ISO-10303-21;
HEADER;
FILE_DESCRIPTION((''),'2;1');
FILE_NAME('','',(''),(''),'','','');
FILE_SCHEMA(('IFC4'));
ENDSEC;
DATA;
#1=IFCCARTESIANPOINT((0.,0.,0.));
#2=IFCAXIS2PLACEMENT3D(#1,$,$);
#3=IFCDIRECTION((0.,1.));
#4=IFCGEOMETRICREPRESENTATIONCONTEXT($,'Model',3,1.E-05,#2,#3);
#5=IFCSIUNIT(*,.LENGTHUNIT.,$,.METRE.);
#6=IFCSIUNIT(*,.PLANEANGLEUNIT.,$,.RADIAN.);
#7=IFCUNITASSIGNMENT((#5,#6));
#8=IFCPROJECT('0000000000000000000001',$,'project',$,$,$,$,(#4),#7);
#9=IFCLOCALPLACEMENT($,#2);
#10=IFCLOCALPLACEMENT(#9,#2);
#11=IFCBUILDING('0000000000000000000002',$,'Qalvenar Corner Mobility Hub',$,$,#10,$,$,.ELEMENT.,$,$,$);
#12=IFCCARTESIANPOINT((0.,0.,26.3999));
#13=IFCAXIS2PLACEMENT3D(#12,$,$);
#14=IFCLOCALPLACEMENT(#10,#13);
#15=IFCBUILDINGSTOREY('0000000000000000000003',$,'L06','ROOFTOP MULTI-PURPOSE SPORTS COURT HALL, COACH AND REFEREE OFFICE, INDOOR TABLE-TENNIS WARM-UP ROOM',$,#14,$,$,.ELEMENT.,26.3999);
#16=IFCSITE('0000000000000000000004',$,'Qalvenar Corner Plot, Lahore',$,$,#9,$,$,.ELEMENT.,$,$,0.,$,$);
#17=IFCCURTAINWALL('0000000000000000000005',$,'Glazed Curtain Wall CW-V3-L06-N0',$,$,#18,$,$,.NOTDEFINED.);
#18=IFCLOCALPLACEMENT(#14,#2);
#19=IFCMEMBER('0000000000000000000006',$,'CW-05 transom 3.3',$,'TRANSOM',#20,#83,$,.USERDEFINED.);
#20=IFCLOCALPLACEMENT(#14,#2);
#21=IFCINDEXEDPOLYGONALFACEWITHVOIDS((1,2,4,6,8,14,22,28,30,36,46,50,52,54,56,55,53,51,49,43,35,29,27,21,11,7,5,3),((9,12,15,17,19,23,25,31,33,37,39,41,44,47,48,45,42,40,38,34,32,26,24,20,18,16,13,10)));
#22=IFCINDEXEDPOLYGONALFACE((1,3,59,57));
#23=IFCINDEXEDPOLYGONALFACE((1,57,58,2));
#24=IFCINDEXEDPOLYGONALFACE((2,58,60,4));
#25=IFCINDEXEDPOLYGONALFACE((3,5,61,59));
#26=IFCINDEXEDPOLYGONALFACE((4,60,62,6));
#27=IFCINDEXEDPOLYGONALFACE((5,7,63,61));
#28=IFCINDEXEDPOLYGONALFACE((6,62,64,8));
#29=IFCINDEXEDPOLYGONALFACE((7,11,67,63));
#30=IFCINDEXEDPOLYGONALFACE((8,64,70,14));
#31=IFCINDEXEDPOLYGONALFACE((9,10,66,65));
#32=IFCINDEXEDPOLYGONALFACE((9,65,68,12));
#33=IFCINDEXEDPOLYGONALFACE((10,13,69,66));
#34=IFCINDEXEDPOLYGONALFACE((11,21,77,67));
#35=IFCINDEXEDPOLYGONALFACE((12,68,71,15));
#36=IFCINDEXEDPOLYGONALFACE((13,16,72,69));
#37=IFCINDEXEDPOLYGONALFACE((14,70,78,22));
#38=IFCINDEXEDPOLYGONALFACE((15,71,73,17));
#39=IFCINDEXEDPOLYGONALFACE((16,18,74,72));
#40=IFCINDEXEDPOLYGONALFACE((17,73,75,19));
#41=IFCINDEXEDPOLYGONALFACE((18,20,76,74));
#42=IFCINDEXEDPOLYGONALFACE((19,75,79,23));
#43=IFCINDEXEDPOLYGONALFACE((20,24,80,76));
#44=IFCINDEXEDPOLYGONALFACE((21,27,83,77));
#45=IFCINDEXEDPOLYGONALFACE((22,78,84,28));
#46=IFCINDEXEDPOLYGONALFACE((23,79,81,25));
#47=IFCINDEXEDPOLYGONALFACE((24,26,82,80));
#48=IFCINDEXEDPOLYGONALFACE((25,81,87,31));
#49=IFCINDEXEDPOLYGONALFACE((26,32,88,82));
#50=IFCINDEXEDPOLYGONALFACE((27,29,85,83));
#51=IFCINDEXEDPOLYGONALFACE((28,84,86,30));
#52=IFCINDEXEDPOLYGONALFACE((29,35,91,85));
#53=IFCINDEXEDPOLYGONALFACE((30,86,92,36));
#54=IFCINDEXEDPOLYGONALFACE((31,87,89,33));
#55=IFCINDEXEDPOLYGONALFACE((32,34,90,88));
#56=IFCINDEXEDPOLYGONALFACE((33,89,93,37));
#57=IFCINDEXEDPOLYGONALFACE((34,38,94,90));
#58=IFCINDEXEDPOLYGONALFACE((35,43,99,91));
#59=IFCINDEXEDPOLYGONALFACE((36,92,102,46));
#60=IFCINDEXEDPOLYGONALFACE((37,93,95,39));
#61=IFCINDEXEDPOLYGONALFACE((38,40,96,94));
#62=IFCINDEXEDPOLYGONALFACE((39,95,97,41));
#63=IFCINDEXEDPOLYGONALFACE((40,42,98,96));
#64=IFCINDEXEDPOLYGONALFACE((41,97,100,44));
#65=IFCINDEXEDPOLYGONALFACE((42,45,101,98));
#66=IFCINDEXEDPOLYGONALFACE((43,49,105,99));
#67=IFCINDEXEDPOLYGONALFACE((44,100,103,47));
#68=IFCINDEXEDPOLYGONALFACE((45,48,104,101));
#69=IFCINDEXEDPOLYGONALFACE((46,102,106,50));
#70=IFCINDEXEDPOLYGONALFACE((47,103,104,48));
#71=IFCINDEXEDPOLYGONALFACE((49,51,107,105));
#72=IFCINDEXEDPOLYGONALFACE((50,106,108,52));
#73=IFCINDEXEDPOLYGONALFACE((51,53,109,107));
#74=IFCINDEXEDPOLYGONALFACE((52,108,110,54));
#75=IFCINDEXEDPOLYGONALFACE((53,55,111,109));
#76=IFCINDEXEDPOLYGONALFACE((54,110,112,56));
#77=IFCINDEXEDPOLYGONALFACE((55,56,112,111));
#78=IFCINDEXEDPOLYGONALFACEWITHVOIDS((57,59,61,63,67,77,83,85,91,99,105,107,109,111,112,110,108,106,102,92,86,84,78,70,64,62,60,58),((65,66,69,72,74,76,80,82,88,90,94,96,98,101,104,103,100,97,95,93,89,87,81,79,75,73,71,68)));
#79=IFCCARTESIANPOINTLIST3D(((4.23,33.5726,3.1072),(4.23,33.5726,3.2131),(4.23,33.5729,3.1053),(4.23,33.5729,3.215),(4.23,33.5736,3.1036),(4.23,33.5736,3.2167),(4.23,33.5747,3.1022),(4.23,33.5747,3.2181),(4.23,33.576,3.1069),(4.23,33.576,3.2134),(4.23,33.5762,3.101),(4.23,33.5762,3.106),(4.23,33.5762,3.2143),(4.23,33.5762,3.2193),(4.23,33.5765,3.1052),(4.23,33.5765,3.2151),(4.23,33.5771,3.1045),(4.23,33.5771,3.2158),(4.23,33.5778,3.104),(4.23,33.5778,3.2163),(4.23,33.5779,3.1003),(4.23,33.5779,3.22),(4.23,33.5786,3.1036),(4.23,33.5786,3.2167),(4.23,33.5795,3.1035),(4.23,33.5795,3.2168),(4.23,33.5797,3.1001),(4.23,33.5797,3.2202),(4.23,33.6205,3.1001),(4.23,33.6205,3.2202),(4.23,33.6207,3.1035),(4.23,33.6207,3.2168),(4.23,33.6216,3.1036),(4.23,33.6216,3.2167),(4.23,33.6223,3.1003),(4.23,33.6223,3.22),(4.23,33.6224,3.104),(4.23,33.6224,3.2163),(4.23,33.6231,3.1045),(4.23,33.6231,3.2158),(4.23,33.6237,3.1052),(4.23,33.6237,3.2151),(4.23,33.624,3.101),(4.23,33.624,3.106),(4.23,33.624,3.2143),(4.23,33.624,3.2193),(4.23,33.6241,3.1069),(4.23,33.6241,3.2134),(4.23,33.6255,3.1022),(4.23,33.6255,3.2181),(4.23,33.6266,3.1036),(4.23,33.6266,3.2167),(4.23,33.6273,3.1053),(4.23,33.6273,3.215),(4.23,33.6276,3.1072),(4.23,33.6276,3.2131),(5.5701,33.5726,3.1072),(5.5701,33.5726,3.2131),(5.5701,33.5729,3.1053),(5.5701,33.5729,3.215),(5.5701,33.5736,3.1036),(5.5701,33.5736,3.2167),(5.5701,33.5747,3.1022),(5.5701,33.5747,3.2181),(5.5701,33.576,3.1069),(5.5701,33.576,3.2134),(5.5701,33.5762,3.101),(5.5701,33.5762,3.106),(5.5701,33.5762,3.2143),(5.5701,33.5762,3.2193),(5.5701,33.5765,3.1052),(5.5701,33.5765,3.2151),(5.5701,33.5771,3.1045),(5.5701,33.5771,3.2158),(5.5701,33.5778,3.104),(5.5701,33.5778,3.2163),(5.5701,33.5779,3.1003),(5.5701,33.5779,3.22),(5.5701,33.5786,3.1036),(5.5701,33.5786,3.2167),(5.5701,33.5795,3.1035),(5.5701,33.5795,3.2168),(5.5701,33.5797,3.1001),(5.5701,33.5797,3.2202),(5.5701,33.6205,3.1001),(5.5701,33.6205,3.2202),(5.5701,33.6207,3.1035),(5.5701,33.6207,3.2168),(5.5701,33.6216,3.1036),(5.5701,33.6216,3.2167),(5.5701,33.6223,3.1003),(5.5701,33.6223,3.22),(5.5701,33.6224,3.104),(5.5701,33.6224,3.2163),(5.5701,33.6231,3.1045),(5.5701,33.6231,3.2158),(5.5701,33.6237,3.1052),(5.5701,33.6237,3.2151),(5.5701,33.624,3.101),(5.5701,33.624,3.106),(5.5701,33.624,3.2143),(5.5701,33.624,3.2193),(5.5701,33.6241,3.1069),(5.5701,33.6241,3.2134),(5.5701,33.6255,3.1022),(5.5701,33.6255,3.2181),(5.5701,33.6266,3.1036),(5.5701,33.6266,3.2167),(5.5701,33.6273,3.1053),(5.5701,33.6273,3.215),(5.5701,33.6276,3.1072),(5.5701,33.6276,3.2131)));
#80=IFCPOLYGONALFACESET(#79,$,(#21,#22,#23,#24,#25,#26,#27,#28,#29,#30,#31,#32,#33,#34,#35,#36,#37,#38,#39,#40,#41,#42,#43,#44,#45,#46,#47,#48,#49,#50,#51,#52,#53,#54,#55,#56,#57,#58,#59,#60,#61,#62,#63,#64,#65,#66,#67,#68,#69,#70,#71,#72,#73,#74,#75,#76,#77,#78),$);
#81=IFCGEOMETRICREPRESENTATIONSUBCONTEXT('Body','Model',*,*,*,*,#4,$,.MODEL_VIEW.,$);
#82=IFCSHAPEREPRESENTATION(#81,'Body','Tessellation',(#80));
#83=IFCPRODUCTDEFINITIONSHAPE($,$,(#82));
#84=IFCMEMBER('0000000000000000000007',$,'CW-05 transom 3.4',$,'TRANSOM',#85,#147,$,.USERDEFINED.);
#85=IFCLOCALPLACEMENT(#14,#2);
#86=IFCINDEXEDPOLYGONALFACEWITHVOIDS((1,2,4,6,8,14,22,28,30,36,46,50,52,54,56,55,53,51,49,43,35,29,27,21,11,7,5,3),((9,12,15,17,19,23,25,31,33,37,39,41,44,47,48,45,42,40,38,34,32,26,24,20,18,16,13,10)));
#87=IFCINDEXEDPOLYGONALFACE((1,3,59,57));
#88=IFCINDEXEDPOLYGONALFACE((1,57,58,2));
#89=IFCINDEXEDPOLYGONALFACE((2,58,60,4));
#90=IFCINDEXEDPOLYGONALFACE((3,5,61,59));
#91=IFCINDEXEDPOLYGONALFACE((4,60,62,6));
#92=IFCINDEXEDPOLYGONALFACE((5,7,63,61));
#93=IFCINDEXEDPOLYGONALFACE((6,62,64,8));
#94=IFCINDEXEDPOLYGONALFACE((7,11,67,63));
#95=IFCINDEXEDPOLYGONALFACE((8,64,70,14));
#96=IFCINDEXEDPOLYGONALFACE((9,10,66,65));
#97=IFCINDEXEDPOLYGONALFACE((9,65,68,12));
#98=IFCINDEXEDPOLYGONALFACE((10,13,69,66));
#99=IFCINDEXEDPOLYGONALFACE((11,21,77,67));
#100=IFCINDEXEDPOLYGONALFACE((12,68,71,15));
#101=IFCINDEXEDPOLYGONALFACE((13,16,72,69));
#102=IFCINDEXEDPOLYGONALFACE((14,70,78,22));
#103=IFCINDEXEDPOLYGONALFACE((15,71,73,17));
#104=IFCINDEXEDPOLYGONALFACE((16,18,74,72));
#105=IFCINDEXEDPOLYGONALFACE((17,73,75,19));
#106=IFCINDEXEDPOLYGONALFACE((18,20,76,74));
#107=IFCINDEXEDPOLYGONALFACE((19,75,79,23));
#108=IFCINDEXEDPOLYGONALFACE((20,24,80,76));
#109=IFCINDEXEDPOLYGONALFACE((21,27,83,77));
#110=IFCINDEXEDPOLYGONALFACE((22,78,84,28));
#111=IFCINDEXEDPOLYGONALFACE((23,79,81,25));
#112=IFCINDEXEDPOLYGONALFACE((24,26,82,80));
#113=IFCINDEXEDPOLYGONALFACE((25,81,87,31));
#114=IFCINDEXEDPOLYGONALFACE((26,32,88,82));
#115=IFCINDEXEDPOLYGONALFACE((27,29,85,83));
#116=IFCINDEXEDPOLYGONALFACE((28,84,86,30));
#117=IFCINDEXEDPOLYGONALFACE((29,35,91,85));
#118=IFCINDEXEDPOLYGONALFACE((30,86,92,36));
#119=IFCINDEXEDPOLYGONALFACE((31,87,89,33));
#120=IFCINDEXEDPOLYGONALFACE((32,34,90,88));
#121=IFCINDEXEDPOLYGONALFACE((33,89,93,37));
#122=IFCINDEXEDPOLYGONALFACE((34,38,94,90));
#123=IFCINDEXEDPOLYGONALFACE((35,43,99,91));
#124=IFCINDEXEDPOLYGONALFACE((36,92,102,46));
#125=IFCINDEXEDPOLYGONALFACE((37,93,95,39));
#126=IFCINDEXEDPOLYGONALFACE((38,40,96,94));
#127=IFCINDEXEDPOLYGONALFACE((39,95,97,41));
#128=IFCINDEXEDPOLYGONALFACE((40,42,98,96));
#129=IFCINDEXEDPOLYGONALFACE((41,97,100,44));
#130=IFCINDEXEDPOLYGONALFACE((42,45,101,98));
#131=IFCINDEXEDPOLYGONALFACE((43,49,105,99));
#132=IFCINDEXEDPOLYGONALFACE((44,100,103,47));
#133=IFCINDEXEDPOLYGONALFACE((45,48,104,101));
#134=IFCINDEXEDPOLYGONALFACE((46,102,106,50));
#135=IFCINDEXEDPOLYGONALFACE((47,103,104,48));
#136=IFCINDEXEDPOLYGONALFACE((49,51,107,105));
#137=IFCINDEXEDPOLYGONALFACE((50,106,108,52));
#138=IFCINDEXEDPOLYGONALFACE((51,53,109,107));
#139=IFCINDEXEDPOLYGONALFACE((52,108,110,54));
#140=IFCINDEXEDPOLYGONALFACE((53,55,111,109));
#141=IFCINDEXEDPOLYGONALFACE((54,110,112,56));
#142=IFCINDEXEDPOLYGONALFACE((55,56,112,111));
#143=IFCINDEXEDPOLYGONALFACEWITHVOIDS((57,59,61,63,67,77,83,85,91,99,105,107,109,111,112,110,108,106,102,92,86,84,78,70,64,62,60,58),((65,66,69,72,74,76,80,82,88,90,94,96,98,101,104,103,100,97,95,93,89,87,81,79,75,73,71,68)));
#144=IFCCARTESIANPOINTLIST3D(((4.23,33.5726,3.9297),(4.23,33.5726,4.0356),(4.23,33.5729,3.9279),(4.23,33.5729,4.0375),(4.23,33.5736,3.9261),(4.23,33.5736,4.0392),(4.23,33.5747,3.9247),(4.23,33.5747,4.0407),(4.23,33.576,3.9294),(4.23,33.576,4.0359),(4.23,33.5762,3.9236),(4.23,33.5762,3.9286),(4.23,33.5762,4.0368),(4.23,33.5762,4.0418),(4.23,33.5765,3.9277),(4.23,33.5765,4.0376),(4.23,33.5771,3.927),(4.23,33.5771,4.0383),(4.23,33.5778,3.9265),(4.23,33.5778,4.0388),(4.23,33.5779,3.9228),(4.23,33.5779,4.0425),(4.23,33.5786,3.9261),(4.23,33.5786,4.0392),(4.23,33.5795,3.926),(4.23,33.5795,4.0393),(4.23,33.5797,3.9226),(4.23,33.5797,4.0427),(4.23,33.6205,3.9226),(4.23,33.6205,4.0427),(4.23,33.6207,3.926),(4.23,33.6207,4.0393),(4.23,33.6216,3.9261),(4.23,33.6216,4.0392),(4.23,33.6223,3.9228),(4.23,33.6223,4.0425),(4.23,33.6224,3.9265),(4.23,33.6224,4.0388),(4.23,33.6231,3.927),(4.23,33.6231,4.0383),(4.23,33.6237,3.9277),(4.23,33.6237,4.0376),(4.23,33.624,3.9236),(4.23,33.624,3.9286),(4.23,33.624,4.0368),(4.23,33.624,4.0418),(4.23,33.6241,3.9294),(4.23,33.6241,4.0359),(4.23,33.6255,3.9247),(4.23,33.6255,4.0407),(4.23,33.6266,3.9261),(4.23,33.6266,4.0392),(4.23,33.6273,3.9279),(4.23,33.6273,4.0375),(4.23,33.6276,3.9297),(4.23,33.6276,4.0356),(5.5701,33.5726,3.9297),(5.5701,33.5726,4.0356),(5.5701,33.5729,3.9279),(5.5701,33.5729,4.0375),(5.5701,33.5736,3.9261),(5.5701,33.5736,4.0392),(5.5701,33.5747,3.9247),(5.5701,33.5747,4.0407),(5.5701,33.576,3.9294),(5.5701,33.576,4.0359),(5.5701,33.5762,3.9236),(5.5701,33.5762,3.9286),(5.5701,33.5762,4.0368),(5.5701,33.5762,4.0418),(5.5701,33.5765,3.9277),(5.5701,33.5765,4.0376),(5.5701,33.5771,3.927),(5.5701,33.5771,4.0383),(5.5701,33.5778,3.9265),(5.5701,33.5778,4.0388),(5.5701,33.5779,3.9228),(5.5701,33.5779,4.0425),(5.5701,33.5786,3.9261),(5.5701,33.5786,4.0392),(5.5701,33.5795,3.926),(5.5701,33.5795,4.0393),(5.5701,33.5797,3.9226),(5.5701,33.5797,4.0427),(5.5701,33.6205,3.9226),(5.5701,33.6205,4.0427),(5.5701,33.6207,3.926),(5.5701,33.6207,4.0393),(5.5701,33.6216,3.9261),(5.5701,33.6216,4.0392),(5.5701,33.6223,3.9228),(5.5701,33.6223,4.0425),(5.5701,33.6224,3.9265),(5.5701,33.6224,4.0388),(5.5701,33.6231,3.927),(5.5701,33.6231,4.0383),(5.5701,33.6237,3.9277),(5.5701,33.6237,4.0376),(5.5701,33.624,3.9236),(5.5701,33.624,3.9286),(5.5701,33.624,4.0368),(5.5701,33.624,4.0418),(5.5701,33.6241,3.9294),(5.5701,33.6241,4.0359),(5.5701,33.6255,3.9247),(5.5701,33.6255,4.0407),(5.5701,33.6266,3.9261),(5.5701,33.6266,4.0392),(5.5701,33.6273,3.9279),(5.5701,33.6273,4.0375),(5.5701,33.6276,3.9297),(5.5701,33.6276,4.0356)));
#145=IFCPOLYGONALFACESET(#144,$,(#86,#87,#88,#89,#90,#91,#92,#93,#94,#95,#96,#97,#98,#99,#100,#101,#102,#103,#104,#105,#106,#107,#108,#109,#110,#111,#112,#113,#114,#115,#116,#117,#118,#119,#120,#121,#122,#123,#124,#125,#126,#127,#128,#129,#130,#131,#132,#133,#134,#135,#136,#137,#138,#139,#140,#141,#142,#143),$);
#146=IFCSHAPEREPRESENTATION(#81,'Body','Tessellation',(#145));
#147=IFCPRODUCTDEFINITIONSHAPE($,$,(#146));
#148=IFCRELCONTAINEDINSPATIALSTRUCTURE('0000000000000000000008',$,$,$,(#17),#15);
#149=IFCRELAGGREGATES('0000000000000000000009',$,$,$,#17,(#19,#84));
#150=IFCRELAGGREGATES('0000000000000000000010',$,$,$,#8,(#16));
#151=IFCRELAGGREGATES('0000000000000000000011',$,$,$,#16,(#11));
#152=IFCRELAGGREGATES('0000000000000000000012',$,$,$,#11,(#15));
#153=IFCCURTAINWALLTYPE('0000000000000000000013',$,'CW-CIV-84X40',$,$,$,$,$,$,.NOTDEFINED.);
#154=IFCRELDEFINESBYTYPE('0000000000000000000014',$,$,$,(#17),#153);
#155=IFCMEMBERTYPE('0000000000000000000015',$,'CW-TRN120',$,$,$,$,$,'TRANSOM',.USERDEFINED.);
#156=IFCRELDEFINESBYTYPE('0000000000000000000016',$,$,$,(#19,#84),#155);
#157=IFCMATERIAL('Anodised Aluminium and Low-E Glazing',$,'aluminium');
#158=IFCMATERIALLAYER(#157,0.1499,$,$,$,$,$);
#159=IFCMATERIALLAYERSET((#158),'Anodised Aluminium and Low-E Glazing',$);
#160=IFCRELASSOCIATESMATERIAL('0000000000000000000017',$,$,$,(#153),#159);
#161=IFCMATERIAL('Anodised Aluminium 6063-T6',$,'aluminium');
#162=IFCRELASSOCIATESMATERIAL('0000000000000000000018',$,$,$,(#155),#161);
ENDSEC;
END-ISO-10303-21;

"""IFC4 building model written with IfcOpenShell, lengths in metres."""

from ifc_helpers import new_model, si_unit, direction, frame, origin, origin_2d, place, context, subcontext, project, spatial, hollow_rectangle, extrude, material, layer, layer_set, material_profile, profile_set, type_object, element, aggregate, save


model = new_model("IFC4")

# Units and contexts
model_context = context("Model", 3, precision=1e-05, world=origin(), true_north=direction((0.0, 1.0)))
body_context = subcontext(model_context, "Body", "Model", "MODEL_VIEW")
ifc_project = project(units=[si_unit("LENGTHUNIT", "METRE"), si_unit("PLANEANGLEUNIT", "RADIAN")], contexts=[model_context])

# Site, building, storey
site_placement = place(None, origin())
site = spatial("IfcSite", under=ifc_project, at=site_placement, Name="Qalvenar Corner Plot, Lahore", CompositionType="ELEMENT", RefElevation=0.0)
building_placement = place(site_placement, origin())
building = spatial("IfcBuilding", under=site, at=building_placement, Name="Qalvenar Corner Mobility Hub", CompositionType="ELEMENT")
storey_placement = place(building_placement, frame((0.0, 0.0, 26.3999)))
storey = spatial("IfcBuildingStorey", under=building, at=storey_placement, Name="L06", Description="ROOFTOP MULTI-PURPOSE SPORTS COURT HALL, COACH AND REFEREE OFFICE, INDOOR TABLE-TENNIS WARM-UP ROOM", CompositionType="ELEMENT", Elevation=26.3999)

# Curtain wall, members
ifc_material_1 = material(Name="Anodised Aluminium and Low-E Glazing", Category="aluminium")
ifc_layer_1 = layer(ifc_material_1, 0.1499)
ifc_layer_set_1 = layer_set([ifc_layer_1], Name="Anodised Aluminium and Low-E Glazing")
curtain_wall_type = type_object("IfcCurtainWallType", Name="CW-CIV-84X40", PredefinedType="NOTDEFINED", material=ifc_layer_set_1)
curtain_wall_placement = place(storey_placement, origin())
curtain_wall = element("IfcCurtainWall", 1, at=curtain_wall_placement, inside=storey, type_object=curtain_wall_type, Name="Glazed Curtain Wall CW-V3-L06-N0", PredefinedType="NOTDEFINED")
ifc_material_2 = material(Name="Anodised Aluminium 6063-T6", Category="aluminium")
ifc_material_profile_1 = material_profile(ifc_material_2, hollow_rectangle(XDim=0.0549, YDim=0.1201, WallThickness=0.0034, InnerFilletRadius=0.0034, OuterFilletRadius=0.0071, at=origin_2d()), Name="RHS120x55x3.5")
ifc_profile_set_1 = profile_set([ifc_material_profile_1], Name="Anodised Aluminium 6063-T6")
member_type_1 = type_object("IfcMemberType", Name="CW-TRN120", ElementType="TRANSOM", PredefinedType="USERDEFINED", material=ifc_profile_set_1)
member_1_placement = place(storey_placement, frame((5.5701, 33.6001, 3.1602), z_axis=(-1.0, 0.0, 0.0), x_axis=(0.0, -1.0, 0.0)))
member_1 = element("IfcMember", 2, at=member_1_placement, type_object=member_type_1, Name="CW-05 transom 3.3", ObjectType="TRANSOM", PredefinedType="USERDEFINED", context=body_context, shape_type="SweptSolid", body=[
    extrude(hollow_rectangle(XDim=0.0549, YDim=0.1201, WallThickness=0.0034, InnerFilletRadius=0.0034, OuterFilletRadius=0.0071, at=origin_2d()), origin(), (0.0, 0.0, 1.0), 1.3401),
])
member_2_placement = place(storey_placement, frame((5.5701, 33.6001, 3.9827), z_axis=(-1.0, 0.0, 0.0), x_axis=(0.0, -1.0, 0.0)))
member_2 = element("IfcMember", 3, at=member_2_placement, type_object=member_type_1, Name="CW-05 transom 3.4", ObjectType="TRANSOM", PredefinedType="USERDEFINED", context=body_context, shape_type="SweptSolid", body=[
    extrude(hollow_rectangle(XDim=0.0549, YDim=0.1201, WallThickness=0.0034, InnerFilletRadius=0.0034, OuterFilletRadius=0.0071, at=origin_2d()), origin(), (0.0, 0.0, 1.0), 1.3401),
])
aggregate(curtain_wall, [member_1, member_2])

save(model, "model.ifc")
